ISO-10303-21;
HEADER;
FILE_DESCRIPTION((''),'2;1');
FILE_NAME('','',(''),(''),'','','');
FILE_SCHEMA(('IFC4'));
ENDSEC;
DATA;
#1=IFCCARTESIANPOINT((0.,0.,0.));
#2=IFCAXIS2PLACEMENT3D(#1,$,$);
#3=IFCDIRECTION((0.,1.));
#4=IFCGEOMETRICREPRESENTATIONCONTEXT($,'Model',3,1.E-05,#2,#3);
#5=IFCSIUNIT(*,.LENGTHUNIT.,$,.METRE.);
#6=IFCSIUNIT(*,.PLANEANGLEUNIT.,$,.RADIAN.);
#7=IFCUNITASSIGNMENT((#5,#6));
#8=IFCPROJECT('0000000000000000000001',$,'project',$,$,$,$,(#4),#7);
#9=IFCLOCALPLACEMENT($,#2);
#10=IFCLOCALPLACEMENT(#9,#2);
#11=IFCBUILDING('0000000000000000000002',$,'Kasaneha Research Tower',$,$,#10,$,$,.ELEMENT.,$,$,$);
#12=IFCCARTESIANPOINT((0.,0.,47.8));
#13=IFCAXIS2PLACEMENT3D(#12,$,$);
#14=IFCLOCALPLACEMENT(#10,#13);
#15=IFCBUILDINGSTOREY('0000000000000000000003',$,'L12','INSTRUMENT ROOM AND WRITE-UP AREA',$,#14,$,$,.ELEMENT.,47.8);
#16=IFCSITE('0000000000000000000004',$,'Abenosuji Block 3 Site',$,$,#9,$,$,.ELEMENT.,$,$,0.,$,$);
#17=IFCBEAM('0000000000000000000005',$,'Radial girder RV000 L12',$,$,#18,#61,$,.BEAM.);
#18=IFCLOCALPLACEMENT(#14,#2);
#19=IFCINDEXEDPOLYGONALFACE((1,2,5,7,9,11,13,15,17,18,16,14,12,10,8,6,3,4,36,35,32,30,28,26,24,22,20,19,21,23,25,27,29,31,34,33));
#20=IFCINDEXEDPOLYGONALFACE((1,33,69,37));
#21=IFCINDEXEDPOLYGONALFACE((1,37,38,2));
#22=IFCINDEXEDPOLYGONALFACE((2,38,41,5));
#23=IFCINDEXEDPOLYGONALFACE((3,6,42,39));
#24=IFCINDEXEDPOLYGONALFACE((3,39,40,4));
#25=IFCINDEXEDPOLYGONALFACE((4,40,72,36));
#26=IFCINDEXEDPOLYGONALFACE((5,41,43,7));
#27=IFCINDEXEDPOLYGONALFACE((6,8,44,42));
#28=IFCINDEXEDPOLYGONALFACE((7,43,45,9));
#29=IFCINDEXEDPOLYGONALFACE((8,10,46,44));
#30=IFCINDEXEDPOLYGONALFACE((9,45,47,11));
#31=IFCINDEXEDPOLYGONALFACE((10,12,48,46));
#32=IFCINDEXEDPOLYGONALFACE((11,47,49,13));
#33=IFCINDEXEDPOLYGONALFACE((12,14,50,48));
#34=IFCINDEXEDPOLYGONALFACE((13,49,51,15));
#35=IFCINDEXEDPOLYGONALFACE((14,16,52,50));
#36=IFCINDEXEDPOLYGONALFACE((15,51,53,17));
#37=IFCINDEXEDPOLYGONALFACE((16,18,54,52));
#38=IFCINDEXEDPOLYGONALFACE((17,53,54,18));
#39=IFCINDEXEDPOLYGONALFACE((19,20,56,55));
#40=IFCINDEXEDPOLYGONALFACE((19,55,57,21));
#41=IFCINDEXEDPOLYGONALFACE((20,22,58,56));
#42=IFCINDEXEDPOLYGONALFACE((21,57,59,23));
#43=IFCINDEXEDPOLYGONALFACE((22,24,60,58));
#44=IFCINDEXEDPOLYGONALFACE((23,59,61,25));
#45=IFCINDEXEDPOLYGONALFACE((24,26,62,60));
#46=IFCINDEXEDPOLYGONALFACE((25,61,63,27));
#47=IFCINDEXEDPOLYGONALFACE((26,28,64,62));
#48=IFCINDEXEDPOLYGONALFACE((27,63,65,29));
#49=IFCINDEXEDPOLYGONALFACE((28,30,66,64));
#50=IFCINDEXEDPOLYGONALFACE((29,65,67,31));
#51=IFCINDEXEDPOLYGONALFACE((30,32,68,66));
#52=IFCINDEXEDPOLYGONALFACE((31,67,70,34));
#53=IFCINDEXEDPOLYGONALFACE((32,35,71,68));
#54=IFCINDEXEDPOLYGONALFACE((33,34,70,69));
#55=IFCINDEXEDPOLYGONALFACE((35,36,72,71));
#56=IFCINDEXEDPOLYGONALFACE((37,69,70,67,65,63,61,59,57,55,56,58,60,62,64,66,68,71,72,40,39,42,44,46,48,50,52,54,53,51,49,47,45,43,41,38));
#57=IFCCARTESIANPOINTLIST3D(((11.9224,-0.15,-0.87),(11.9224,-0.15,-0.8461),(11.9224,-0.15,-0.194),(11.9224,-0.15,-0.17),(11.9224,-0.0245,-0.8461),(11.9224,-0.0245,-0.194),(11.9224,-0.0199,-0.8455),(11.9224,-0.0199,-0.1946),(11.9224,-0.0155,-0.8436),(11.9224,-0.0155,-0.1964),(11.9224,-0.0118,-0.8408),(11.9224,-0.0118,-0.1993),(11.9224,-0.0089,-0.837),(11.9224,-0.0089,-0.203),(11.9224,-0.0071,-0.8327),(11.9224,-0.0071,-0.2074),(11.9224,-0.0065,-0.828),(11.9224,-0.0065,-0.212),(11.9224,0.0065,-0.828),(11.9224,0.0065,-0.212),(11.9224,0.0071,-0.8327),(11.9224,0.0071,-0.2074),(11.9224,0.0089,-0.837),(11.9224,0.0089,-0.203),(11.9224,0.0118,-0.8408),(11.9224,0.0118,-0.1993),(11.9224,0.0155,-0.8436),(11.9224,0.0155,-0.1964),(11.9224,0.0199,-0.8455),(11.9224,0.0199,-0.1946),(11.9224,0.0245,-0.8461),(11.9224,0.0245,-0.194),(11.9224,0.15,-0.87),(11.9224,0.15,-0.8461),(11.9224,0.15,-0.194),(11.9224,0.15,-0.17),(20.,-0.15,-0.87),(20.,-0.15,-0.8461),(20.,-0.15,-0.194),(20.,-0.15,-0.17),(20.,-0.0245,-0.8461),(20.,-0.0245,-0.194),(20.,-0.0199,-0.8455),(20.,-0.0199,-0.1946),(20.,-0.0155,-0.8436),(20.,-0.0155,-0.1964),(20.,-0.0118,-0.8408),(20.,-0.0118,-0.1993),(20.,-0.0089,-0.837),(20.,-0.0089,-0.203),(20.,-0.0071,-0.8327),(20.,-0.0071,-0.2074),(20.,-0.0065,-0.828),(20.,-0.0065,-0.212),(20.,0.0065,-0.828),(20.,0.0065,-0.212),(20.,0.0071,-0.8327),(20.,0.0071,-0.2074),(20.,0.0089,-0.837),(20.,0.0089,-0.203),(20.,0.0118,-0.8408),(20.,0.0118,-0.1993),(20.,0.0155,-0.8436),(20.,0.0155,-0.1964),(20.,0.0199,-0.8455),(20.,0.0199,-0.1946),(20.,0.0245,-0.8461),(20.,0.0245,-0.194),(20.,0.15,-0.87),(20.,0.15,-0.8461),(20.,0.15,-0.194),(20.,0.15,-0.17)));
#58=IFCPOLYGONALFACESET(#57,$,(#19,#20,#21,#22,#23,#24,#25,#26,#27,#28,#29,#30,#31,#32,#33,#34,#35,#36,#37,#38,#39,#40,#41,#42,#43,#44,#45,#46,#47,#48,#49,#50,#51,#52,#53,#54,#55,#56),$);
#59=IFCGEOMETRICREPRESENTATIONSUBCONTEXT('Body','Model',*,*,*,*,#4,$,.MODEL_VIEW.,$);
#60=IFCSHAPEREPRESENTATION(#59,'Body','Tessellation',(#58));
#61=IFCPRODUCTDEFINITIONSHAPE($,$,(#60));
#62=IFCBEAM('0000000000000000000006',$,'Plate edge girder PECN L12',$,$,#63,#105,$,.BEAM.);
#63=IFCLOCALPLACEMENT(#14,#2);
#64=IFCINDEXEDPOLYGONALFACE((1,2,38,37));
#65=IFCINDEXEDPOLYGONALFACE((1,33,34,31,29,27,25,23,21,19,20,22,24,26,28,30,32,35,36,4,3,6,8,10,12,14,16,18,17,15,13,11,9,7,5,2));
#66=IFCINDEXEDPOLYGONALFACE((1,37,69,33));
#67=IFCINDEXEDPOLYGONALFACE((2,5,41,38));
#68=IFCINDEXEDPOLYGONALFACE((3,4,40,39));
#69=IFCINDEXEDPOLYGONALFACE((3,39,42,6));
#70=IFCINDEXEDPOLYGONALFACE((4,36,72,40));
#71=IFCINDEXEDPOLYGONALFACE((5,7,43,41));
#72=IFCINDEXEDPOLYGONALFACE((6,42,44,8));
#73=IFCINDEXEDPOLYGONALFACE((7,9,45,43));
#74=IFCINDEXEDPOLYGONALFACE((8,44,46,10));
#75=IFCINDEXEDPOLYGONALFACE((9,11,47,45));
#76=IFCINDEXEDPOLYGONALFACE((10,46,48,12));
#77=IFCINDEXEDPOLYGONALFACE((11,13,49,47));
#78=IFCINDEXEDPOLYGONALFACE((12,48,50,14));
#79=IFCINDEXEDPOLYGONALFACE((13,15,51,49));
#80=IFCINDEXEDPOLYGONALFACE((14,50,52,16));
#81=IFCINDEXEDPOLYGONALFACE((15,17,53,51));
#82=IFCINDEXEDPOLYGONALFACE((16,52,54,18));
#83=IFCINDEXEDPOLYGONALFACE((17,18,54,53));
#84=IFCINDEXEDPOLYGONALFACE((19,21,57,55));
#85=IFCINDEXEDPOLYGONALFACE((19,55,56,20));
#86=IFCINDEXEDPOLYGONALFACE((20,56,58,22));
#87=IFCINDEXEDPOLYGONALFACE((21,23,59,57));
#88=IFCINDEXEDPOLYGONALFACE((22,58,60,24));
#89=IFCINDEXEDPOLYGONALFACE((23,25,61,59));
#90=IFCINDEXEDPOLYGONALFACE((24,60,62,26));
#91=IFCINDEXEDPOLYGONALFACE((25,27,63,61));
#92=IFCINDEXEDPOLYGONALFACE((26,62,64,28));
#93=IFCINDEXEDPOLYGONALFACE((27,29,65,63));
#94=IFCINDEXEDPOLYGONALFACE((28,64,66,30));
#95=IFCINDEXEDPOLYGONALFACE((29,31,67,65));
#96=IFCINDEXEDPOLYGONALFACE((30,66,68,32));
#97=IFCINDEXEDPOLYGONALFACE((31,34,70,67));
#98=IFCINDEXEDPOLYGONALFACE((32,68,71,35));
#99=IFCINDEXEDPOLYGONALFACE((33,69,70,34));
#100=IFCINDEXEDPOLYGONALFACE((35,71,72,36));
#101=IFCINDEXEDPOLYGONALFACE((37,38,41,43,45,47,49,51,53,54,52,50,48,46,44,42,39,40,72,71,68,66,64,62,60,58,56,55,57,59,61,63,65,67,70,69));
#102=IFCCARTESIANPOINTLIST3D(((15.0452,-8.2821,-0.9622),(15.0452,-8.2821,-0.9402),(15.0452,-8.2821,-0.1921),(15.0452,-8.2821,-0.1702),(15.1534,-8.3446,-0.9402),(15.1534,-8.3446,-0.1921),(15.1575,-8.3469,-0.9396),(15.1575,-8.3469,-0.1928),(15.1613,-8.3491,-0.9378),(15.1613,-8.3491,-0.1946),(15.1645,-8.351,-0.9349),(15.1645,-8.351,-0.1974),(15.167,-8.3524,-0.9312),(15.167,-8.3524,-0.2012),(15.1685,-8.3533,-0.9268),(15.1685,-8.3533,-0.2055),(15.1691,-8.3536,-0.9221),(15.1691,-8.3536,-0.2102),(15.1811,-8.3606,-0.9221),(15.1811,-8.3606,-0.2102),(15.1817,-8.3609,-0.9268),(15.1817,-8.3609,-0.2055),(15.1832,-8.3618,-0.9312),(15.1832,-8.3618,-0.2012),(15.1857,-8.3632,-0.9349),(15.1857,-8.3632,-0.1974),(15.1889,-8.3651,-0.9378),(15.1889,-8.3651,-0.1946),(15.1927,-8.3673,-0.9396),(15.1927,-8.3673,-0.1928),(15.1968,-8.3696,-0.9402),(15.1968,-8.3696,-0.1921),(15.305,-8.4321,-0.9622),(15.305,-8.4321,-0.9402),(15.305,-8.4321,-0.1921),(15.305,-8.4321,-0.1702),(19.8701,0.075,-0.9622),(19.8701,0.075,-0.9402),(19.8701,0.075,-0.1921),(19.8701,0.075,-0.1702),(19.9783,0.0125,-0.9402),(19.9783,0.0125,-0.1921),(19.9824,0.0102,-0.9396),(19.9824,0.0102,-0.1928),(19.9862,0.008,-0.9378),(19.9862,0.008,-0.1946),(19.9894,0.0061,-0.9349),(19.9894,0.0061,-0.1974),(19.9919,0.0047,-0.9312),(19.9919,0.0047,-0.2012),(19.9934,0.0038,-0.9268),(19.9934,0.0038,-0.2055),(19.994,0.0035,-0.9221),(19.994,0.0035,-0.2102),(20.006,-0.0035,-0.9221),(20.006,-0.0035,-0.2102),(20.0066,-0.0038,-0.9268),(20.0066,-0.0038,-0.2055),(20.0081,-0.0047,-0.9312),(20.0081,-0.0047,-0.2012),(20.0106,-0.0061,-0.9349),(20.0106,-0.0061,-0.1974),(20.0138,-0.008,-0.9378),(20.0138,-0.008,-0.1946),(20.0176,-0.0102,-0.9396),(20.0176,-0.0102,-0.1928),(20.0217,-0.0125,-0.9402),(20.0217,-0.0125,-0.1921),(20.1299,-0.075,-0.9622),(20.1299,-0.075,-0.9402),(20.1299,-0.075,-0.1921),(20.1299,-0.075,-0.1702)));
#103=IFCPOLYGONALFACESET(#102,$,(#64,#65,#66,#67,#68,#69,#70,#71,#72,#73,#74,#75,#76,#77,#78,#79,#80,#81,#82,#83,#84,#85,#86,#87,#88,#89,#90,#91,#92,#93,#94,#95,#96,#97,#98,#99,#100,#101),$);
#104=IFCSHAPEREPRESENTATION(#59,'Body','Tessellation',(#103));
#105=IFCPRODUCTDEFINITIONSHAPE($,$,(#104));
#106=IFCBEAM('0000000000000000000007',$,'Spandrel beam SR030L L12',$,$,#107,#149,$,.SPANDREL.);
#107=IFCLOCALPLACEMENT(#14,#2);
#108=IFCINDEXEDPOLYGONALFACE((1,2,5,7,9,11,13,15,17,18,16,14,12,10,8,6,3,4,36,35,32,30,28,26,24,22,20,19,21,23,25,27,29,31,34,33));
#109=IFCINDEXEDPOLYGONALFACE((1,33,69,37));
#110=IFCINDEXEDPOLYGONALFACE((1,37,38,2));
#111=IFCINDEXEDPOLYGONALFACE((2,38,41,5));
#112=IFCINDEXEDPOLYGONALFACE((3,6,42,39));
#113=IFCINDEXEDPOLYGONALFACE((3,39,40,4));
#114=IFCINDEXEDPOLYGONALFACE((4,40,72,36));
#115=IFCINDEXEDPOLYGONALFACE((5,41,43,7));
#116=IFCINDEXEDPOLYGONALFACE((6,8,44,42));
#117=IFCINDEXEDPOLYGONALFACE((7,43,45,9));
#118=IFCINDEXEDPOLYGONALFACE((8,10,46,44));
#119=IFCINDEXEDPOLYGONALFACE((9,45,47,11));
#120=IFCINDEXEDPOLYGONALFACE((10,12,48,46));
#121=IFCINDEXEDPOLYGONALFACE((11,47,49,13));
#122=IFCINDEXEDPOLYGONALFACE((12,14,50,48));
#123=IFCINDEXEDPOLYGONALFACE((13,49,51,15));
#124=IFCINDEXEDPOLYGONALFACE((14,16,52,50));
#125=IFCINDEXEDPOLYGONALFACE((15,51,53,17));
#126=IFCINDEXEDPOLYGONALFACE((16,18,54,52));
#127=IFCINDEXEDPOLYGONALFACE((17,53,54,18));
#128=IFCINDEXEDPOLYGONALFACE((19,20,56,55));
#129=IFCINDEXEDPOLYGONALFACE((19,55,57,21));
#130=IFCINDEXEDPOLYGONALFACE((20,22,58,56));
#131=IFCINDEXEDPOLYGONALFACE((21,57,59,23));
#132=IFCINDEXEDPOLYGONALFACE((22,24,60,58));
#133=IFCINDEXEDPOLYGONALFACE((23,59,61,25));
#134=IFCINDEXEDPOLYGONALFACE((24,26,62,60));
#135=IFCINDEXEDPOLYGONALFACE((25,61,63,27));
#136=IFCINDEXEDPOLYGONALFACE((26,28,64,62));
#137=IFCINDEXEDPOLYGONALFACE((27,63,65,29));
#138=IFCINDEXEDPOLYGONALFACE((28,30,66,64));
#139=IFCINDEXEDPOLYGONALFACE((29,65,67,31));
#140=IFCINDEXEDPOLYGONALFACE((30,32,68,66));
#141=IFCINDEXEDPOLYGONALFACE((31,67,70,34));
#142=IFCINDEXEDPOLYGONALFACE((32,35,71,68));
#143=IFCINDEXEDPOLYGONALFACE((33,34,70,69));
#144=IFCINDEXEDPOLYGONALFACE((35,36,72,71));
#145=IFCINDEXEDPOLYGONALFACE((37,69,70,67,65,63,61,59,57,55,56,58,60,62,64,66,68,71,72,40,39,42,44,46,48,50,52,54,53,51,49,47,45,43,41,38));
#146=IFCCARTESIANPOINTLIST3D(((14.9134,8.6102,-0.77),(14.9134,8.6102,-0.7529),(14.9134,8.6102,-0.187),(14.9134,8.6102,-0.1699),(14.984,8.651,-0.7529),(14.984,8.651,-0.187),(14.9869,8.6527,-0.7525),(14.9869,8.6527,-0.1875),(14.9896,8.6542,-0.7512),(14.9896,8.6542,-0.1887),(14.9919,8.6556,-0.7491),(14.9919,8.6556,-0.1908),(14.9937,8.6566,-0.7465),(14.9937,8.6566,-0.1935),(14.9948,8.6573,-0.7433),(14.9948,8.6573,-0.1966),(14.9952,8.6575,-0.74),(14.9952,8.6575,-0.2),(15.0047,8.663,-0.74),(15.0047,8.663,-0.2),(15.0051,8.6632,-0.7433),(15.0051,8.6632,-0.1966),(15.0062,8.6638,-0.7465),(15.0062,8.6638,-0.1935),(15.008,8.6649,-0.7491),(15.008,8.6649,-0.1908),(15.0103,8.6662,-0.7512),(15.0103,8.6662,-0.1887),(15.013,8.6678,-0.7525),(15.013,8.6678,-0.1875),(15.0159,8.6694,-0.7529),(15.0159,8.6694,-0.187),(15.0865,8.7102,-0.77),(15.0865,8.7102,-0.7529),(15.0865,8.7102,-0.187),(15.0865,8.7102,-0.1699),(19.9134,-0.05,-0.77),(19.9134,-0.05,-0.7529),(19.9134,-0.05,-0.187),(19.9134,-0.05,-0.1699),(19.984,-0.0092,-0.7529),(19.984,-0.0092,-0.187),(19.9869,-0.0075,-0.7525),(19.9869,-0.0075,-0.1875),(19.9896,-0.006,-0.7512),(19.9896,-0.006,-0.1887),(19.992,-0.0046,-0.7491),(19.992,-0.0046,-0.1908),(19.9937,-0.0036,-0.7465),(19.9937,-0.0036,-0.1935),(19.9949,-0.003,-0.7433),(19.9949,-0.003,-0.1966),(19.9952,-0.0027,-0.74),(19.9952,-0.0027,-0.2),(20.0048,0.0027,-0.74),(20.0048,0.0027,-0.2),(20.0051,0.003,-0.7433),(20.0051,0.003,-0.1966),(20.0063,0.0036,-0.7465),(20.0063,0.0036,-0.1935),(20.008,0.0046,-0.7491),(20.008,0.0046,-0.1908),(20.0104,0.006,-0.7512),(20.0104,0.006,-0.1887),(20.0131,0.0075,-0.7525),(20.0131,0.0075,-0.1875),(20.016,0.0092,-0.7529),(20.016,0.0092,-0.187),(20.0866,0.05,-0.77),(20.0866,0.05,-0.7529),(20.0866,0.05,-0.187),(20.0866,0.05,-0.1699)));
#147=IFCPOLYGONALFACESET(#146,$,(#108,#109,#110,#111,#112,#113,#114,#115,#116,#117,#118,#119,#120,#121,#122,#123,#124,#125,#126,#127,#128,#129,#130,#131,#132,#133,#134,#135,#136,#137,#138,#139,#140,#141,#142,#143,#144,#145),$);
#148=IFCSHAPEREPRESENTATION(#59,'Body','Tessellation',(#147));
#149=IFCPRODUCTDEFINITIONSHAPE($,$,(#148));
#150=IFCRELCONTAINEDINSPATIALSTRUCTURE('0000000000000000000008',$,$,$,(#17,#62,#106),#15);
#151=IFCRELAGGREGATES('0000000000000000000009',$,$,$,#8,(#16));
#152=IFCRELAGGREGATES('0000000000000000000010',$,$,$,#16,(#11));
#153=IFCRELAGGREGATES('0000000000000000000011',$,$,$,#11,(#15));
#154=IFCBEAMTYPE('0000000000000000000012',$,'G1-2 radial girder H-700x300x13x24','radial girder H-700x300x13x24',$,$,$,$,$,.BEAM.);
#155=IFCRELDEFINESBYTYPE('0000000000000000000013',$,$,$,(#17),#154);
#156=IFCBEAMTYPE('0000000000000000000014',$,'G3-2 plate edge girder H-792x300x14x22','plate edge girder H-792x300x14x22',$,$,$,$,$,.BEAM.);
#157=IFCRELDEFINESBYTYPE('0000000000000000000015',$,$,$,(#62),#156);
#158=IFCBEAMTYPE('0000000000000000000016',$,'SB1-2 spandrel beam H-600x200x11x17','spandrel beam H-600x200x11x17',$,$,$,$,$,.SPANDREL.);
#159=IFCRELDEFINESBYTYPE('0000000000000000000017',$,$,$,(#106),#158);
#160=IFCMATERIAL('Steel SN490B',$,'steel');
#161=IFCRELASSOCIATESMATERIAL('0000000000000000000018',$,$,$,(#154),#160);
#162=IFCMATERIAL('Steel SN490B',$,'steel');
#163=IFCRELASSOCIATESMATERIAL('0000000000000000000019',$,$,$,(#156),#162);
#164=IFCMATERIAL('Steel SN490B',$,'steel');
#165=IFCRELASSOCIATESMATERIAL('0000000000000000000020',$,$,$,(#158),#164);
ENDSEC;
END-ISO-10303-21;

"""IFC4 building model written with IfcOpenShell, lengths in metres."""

from ifc_helpers import new_model, si_unit, direction, frame, origin, origin_2d, place, context, subcontext, project, spatial, i_section, extrude, material, material_profile, profile_set, type_object, element, save


model = new_model("IFC4")

# Units and contexts
model_context = context("Model", 3, precision=1e-05, world=origin(), true_north=direction((0.0, 1.0)))
body_context = subcontext(model_context, "Body", "Model", "MODEL_VIEW")
ifc_project = project(units=[si_unit("LENGTHUNIT", "METRE"), si_unit("PLANEANGLEUNIT", "RADIAN")], contexts=[model_context])

# Site, building, storey
site_placement = place(None, origin())
site = spatial("IfcSite", under=ifc_project, at=site_placement, Name="Abenosuji Block 3 Site", CompositionType="ELEMENT", RefElevation=0.0)
building_placement = place(site_placement, origin())
building = spatial("IfcBuilding", under=site, at=building_placement, Name="Kasaneha Research Tower", CompositionType="ELEMENT")
storey_placement = place(building_placement, frame((0.0, 0.0, 47.8)))
storey = spatial("IfcBuildingStorey", under=building, at=storey_placement, Name="L12", Description="INSTRUMENT ROOM AND WRITE-UP AREA", CompositionType="ELEMENT", Elevation=47.8)

# Beams
ifc_material_1 = material(Name="Steel SN490B", Category="steel")
ifc_material_profile_1 = material_profile(ifc_material_1, i_section(OverallWidth=0.3, OverallDepth=0.7, WebThickness=0.0129, FlangeThickness=0.0239, FilletRadius=0.0181, at=origin_2d()), Name="H-700x300x13x24")
ifc_profile_set_1 = profile_set([ifc_material_profile_1], Name="Steel SN490B")
beam_type_1 = type_object("IfcBeamType", Name="G1-2 radial girder H-700x300x13x24", Description="radial girder H-700x300x13x24", PredefinedType="BEAM", material=ifc_profile_set_1)
beam_1_placement = place(storey_placement, frame((11.9224, 0.0, -0.52), z_axis=(1.0, 0.0, 0.0), x_axis=(0.0, 1.0, 0.0)))
element("IfcBeam", 1, at=beam_1_placement, inside=storey, type_object=beam_type_1, Name="Radial girder RV000 L12", PredefinedType="BEAM", context=body_context, shape_type="SweptSolid", body=[
    extrude(i_section(OverallWidth=0.3, OverallDepth=0.7, WebThickness=0.0129, FlangeThickness=0.0239, FilletRadius=0.0181, at=origin_2d()), origin(), (0.0, 0.0, 1.0), 8.0776),
])
ifc_material_2 = material(Name="Steel SN490B", Category="steel")
ifc_material_profile_2 = material_profile(ifc_material_2, i_section(OverallWidth=0.3, OverallDepth=0.792, WebThickness=0.0139, FlangeThickness=0.022, FilletRadius=0.0181, at=origin_2d()), Name="H-792x300x14x22")
ifc_profile_set_2 = profile_set([ifc_material_profile_2], Name="Steel SN490B")
beam_type_2 = type_object("IfcBeamType", Name="G3-2 plate edge girder H-792x300x14x22", Description="plate edge girder H-792x300x14x22", PredefinedType="BEAM", material=ifc_profile_set_2)
beam_2_placement = place(storey_placement, frame((20.0, 0.0, -0.5662), z_axis=(-0.499995, -0.866028, 0.0), x_axis=(0.866028, -0.499995, 0.0)))
element("IfcBeam", 2, at=beam_2_placement, inside=storey, type_object=beam_type_2, Name="Plate edge girder PECN L12", PredefinedType="BEAM", context=body_context, shape_type="SweptSolid", body=[
    extrude(i_section(OverallWidth=0.3, OverallDepth=0.792, WebThickness=0.0139, FlangeThickness=0.022, FilletRadius=0.0181, at=origin_2d()), origin(), (0.0, 0.0, 1.0), 9.6499),
])
ifc_material_3 = material(Name="Steel SN490B", Category="steel")
ifc_material_profile_3 = material_profile(ifc_material_3, i_section(OverallWidth=0.2, OverallDepth=0.6001, WebThickness=0.011, FlangeThickness=0.0171, FilletRadius=0.0129, at=origin_2d()), Name="H-600x200x11x17")
ifc_profile_set_3 = profile_set([ifc_material_profile_3], Name="Steel SN490B")
beam_type_3 = type_object("IfcBeamType", Name="SB1-2 spandrel beam H-600x200x11x17", Description="spandrel beam H-600x200x11x17", PredefinedType="SPANDREL", material=ifc_profile_set_3)
beam_3_placement = place(storey_placement, frame((20.0, 0.0, -0.47), z_axis=(-0.500004, 0.866023, 0.0), x_axis=(-0.866023, -0.500004, 0.0)))
element("IfcBeam", 3, at=beam_3_placement, inside=storey, type_object=beam_type_3, Name="Spandrel beam SR030L L12", PredefinedType="SPANDREL", context=body_context, shape_type="SweptSolid", body=[
    extrude(i_section(OverallWidth=0.2, OverallDepth=0.6001, WebThickness=0.011, FlangeThickness=0.0171, FilletRadius=0.0129, at=origin_2d()), origin(), (0.0, 0.0, 1.0), 10.0),
])

save(model, "model.ifc")
